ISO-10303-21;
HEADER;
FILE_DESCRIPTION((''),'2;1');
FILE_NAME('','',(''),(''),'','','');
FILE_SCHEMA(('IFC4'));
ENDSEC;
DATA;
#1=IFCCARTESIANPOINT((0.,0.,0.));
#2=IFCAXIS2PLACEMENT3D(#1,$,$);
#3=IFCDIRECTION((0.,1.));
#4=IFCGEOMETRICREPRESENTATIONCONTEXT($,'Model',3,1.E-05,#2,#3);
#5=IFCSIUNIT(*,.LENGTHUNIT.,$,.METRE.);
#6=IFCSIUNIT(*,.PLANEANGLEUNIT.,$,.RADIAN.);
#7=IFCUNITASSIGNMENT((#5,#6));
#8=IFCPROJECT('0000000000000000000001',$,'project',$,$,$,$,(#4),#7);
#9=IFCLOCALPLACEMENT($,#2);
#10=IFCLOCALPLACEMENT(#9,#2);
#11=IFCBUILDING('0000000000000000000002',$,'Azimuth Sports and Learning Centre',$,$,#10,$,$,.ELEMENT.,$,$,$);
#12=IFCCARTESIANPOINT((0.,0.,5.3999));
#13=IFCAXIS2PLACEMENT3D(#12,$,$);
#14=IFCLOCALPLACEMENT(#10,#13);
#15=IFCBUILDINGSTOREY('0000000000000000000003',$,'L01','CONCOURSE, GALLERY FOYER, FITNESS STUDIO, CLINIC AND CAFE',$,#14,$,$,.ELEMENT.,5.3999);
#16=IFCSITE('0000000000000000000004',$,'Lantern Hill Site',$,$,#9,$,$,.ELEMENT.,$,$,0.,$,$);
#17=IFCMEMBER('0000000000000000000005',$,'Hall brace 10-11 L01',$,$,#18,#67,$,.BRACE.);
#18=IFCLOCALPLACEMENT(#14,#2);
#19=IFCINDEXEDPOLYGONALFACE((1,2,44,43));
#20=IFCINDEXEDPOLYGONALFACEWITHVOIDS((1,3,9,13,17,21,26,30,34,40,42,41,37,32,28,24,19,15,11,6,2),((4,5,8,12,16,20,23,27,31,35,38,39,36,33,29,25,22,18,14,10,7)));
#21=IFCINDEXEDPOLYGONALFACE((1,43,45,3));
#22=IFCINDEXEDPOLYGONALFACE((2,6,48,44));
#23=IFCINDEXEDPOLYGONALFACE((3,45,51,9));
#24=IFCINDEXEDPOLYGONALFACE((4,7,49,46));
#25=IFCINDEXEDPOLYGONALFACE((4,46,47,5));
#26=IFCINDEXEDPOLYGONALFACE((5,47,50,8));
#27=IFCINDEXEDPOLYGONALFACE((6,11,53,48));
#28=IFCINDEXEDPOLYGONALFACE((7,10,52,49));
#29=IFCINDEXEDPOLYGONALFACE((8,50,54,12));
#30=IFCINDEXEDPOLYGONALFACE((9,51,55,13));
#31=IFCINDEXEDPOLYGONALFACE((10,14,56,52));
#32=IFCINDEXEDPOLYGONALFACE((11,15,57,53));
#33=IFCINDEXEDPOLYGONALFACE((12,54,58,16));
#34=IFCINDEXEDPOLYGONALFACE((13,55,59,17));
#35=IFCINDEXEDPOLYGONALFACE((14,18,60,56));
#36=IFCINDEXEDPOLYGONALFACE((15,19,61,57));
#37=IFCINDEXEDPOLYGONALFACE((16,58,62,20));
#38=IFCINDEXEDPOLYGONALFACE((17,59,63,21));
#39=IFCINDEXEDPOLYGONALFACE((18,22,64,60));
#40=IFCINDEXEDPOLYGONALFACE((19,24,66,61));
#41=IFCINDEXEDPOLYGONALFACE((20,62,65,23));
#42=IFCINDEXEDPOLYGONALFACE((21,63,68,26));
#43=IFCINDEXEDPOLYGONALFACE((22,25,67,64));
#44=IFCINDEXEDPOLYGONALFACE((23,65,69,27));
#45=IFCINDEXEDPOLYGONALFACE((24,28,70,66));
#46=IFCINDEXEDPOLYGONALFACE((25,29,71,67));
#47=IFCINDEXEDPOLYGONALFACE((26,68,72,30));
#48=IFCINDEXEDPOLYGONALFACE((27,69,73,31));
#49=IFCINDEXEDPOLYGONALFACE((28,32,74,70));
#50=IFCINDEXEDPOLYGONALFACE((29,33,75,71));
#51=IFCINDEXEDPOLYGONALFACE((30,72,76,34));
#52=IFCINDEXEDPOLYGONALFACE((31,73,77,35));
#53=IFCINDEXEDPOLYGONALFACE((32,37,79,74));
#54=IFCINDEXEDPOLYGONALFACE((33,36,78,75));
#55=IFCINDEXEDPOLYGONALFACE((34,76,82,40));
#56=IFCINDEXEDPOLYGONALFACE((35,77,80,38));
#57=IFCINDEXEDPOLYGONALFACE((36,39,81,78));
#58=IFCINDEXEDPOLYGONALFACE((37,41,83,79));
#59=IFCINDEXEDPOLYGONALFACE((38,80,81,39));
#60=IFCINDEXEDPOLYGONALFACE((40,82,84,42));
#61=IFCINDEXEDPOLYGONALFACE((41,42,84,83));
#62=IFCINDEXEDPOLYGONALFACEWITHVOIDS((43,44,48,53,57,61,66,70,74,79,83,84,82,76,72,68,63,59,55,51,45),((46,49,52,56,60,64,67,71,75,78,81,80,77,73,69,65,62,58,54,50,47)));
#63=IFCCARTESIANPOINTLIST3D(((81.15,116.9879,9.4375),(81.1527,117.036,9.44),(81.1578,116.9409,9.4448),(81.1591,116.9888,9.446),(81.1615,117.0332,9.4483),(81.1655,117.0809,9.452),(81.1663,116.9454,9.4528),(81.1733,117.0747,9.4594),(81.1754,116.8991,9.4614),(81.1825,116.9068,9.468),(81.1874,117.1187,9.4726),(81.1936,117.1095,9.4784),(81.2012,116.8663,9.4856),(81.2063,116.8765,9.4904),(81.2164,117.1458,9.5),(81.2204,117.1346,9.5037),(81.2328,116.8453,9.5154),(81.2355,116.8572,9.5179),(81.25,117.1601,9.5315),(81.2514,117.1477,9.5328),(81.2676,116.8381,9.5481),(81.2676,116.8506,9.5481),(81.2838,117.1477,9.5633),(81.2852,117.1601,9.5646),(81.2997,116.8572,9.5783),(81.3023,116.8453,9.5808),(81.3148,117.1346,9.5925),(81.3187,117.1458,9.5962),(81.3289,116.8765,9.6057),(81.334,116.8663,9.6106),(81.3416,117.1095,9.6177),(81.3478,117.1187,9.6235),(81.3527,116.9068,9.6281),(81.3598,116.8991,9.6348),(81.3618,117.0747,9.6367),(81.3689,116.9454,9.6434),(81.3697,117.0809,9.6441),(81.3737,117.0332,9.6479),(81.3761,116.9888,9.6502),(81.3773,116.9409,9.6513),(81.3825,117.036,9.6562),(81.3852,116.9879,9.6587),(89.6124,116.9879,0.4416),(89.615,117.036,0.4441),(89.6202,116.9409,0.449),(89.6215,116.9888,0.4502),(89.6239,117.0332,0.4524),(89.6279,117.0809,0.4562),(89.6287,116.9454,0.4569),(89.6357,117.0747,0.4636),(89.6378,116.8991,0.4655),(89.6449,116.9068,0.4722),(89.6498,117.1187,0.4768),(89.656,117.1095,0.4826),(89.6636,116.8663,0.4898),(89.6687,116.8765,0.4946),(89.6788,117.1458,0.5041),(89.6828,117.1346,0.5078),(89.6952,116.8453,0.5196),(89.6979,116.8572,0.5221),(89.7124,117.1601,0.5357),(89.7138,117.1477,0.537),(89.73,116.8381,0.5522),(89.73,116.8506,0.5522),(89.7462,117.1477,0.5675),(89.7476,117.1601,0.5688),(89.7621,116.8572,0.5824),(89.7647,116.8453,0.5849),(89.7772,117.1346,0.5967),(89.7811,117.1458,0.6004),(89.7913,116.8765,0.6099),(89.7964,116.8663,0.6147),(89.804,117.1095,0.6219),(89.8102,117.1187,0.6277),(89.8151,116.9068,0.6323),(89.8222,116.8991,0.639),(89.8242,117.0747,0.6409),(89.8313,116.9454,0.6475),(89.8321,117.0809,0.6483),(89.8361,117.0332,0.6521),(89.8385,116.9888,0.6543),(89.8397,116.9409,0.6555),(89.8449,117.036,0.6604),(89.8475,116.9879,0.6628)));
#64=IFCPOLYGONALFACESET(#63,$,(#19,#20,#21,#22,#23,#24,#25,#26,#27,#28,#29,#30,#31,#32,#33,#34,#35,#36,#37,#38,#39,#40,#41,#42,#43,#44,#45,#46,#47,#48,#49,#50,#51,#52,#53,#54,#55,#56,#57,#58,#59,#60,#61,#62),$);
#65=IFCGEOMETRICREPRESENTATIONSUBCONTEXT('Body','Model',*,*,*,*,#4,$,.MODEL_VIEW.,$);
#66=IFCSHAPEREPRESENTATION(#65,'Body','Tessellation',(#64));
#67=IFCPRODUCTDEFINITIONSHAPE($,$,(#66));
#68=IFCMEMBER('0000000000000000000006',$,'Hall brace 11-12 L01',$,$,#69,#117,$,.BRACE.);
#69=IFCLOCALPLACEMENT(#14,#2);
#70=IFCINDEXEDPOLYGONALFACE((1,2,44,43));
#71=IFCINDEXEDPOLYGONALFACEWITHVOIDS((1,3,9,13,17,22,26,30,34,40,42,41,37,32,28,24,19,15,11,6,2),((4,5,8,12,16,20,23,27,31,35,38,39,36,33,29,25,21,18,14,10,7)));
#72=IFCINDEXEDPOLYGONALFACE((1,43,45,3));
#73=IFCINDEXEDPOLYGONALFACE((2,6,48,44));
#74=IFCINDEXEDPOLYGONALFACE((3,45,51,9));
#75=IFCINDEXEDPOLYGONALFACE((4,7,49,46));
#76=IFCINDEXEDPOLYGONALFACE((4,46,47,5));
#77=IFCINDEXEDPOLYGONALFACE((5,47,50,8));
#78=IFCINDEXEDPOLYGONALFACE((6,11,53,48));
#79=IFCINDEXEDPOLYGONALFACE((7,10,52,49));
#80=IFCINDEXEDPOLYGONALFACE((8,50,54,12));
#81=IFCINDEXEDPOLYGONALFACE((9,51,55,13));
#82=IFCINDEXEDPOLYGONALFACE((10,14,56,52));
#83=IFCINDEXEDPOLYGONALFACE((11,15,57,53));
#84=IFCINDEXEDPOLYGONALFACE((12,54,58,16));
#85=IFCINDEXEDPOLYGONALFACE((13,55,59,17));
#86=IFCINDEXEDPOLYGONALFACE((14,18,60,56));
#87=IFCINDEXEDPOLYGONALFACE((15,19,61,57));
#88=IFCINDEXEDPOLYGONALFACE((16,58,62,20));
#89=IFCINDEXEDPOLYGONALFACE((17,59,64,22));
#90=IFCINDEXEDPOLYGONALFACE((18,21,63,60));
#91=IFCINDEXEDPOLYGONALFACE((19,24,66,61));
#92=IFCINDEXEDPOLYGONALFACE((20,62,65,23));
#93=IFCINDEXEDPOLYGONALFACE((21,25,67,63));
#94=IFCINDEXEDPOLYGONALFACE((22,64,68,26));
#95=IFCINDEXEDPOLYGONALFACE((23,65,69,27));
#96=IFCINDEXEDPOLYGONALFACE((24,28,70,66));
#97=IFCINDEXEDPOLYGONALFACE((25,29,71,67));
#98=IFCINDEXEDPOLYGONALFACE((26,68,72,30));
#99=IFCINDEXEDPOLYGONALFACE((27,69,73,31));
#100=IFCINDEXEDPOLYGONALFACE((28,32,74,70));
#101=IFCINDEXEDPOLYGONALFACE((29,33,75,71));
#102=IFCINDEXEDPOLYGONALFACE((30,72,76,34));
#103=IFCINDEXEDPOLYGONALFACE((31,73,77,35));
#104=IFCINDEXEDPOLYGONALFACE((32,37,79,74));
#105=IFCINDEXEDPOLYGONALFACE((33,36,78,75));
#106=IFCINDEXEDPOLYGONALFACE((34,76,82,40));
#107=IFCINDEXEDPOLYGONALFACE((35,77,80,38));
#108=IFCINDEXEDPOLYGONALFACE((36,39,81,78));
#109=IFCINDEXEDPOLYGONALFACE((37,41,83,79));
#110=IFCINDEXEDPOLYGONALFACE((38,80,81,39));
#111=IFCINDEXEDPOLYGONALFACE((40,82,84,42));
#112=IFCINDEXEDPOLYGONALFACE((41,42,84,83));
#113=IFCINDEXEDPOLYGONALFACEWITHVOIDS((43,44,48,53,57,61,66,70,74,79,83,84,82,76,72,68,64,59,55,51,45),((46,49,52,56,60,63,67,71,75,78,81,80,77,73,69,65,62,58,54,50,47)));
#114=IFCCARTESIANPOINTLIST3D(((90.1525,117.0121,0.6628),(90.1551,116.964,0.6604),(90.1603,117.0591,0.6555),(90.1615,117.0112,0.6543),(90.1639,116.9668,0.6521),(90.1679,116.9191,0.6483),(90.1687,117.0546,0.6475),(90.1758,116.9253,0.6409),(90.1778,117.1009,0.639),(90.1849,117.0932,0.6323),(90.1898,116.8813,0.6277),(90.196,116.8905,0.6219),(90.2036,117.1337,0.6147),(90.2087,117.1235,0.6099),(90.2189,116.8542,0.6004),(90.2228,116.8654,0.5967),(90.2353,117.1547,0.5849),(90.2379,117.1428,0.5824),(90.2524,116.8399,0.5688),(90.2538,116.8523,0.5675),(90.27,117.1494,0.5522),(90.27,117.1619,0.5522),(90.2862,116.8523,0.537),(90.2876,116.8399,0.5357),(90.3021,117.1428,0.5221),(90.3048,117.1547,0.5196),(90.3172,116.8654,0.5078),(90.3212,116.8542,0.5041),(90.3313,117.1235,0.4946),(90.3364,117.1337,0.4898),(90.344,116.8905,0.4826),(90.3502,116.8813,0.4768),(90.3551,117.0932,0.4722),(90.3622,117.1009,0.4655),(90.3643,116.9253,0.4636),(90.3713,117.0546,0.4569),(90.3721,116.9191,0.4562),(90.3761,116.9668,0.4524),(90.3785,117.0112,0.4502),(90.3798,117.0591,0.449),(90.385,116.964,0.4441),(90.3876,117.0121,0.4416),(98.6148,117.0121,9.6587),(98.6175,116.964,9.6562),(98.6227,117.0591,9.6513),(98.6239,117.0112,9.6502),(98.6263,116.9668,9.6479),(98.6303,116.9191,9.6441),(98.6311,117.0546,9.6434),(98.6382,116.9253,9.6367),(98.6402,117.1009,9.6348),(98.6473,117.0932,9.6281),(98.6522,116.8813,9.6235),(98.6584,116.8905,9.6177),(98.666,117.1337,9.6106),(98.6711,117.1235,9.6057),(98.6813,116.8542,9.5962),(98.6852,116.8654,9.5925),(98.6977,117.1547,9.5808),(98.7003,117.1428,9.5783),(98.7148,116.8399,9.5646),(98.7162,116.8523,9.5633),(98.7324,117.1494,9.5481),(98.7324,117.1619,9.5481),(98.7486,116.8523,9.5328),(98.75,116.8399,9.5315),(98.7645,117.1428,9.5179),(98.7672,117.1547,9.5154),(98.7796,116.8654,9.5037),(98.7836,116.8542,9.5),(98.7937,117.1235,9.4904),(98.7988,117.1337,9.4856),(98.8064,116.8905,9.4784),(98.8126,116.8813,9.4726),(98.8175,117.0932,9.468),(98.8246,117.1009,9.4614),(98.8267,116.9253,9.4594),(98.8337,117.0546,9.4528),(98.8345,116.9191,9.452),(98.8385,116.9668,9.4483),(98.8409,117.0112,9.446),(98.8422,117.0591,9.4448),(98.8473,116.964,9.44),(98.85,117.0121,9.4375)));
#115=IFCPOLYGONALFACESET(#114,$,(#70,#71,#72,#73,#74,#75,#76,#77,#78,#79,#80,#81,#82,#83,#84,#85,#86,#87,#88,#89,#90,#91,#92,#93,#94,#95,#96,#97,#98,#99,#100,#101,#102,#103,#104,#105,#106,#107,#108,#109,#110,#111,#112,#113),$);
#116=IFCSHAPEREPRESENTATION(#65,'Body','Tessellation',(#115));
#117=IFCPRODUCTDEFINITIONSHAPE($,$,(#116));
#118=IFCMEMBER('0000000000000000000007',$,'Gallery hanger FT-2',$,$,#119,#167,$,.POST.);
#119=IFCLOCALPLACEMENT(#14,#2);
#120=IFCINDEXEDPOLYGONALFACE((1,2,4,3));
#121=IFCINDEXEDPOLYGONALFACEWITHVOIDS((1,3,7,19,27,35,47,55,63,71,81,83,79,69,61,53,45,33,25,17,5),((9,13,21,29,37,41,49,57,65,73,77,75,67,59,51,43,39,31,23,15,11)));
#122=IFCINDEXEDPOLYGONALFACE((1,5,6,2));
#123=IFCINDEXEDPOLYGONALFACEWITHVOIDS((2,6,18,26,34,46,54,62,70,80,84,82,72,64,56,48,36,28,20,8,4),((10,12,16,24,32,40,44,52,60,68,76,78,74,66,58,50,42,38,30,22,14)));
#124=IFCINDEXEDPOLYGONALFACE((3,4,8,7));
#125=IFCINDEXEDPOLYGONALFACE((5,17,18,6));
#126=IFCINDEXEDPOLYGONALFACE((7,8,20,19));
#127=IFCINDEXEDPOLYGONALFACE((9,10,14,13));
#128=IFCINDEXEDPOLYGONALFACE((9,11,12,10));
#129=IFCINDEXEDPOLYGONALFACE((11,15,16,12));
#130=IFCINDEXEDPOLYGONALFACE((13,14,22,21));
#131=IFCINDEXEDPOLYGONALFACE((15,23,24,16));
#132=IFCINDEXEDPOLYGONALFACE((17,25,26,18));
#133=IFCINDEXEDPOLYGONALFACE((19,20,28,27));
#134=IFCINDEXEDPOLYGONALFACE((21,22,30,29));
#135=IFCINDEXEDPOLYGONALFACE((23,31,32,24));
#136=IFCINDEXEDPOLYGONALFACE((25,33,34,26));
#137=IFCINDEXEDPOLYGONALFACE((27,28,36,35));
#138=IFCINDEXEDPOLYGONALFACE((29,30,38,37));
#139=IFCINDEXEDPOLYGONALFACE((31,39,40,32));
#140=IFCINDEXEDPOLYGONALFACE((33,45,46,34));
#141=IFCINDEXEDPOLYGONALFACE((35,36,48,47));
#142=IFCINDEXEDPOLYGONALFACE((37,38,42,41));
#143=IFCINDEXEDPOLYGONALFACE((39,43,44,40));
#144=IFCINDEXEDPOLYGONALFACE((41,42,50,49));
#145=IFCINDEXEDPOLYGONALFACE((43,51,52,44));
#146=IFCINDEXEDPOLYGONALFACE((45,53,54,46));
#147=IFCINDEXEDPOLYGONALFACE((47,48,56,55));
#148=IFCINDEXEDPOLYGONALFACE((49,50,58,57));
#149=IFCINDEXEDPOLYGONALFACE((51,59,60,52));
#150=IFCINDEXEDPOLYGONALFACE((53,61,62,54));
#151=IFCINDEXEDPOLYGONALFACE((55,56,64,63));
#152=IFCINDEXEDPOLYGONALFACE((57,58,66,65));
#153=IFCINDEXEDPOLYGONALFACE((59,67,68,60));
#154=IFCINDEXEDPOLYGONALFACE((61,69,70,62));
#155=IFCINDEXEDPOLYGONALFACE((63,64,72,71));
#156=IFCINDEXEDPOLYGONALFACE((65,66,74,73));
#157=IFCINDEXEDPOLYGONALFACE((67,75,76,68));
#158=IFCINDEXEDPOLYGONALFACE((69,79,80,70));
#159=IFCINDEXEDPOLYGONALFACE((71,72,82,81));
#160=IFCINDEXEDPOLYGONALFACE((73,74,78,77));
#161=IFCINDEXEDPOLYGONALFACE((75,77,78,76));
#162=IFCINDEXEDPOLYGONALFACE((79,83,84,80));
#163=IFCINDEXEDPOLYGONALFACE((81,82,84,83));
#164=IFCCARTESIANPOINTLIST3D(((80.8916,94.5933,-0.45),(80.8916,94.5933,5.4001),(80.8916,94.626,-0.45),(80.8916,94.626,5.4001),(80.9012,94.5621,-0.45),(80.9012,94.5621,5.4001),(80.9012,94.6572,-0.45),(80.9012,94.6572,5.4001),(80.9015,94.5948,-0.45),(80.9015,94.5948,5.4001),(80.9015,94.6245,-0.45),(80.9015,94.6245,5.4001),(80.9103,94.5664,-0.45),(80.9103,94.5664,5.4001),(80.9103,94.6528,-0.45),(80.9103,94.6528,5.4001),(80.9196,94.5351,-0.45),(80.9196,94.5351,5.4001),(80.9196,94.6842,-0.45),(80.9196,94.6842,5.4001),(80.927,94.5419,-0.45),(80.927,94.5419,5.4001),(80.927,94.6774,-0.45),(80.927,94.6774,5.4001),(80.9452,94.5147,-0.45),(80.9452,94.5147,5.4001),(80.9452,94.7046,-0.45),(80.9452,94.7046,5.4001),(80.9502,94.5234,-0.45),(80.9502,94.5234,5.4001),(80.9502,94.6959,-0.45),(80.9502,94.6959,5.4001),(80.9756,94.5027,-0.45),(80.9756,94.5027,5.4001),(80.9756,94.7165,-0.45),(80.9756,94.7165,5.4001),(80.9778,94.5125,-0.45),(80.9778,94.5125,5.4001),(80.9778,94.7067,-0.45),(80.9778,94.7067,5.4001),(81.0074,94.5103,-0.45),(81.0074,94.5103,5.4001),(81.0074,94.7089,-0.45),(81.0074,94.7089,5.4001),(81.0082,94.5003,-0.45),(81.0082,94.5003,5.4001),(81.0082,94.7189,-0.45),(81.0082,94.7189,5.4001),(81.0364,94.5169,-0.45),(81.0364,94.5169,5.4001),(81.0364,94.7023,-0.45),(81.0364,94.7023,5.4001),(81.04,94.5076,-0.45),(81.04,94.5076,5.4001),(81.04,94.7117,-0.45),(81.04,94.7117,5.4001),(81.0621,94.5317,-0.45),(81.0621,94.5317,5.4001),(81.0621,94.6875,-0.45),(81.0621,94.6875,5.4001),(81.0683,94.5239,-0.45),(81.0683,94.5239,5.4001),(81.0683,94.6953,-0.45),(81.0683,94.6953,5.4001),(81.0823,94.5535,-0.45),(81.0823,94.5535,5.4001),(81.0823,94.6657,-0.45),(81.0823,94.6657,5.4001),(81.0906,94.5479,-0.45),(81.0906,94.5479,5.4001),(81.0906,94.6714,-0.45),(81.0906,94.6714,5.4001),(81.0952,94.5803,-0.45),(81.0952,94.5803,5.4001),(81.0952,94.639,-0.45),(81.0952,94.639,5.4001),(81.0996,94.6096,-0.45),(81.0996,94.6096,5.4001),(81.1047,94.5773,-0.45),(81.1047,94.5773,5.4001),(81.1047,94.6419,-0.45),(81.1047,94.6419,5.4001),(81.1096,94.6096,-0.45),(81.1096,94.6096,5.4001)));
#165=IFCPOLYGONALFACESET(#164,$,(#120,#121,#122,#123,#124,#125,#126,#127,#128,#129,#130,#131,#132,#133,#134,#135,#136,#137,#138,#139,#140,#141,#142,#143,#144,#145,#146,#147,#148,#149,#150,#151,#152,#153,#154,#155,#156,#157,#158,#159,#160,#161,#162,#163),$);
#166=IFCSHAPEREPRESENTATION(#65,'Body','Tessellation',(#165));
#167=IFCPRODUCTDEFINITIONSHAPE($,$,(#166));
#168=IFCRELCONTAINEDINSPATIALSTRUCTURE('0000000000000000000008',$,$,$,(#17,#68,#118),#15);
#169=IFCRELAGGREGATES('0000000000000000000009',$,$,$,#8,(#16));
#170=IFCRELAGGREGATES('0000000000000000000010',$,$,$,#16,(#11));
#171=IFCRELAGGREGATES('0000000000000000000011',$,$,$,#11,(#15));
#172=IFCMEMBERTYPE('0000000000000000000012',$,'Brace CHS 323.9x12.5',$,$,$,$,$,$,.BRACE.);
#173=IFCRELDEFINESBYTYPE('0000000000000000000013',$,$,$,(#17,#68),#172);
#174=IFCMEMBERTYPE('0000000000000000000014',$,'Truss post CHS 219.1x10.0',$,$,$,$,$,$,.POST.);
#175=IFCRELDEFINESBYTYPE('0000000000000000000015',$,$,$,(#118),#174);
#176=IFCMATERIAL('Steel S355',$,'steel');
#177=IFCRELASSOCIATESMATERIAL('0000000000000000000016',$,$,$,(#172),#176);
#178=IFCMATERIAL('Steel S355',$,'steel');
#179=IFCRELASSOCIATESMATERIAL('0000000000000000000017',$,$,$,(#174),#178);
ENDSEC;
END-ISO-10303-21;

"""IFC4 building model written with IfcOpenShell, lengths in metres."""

from ifc_helpers import new_model, si_unit, direction, frame, origin, origin_2d, place, context, subcontext, project, spatial, hollow_circle, extrude, material, material_profile, profile_set, type_object, element, save


model = new_model("IFC4")

# Units and contexts
model_context = context("Model", 3, precision=1e-05, world=origin(), true_north=direction((0.0, 1.0)))
body_context = subcontext(model_context, "Body", "Model", "MODEL_VIEW")
ifc_project = project(units=[si_unit("LENGTHUNIT", "METRE"), si_unit("PLANEANGLEUNIT", "RADIAN")], contexts=[model_context])

# Site, building, storey
site_placement = place(None, origin())
site = spatial("IfcSite", under=ifc_project, at=site_placement, Name="Lantern Hill Site", CompositionType="ELEMENT", RefElevation=0.0)
building_placement = place(site_placement, origin())
building = spatial("IfcBuilding", under=site, at=building_placement, Name="Azimuth Sports and Learning Centre", CompositionType="ELEMENT")
storey_placement = place(building_placement, frame((0.0, 0.0, 5.3999)))
storey = spatial("IfcBuildingStorey", under=building, at=storey_placement, Name="L01", Description="CONCOURSE, GALLERY FOYER, FITNESS STUDIO, CLINIC AND CAFE", CompositionType="ELEMENT", Elevation=5.3999)

# Members
ifc_material_1 = material(Name="Steel S355", Category="steel")
ifc_material_profile_1 = material_profile(ifc_material_1, hollow_circle(Radius=0.1619, WallThickness=0.0125, at=origin_2d()), Name="CHS 323.9x12.5")
ifc_profile_set_1 = profile_set([ifc_material_profile_1], Name="Steel S355")
member_type_1 = type_object("IfcMemberType", Name="Brace CHS 323.9x12.5", PredefinedType="BRACE", material=ifc_profile_set_1)
for number, where, z_axis, x_axis, name in (
    (1, (89.73, 117.0, 0.5522), (-0.685181, 0.0, 0.728373), (0.0, -1.0, 0.0), "Hall brace 10-11 L01"),
    (2, (90.27, 117.0, 0.5522), (0.685181, 0.0, 0.728373), (0.0, 1.0, 0.0), "Hall brace 11-12 L01"),
):
    element("IfcMember", number, at=place(storey_placement, frame(where, z_axis=z_axis, x_axis=x_axis)), inside=storey, type_object=member_type_1, Name=name, PredefinedType="BRACE", context=body_context, shape_type="SweptSolid", body=[
        extrude(hollow_circle(Radius=0.1619, WallThickness=0.0125, at=origin_2d()), origin(), (0.0, 0.0, 1.0), 12.3506),
    ])
ifc_material_2 = material(Name="Steel S355", Category="steel")
ifc_material_profile_2 = material_profile(ifc_material_2, hollow_circle(Radius=0.1096, WallThickness=0.01, at=origin_2d()), Name="CHS 219.1x10.0")
ifc_profile_set_2 = profile_set([ifc_material_profile_2], Name="Steel S355")
member_type_2 = type_object("IfcMemberType", Name="Truss post CHS 219.1x10.0", PredefinedType="POST", material=ifc_profile_set_2)
for number, where, z_axis, x_axis, name in (
    (3, (81.0, 94.6096, -0.45), (0.0, 0.0, 1.0), (1.0, 0.0, 0.0), "Gallery hanger FT-2"),
):
    element("IfcMember", number, at=place(storey_placement, frame(where, z_axis=z_axis, x_axis=x_axis)), inside=storey, type_object=member_type_2, Name=name, PredefinedType="POST", context=body_context, shape_type="SweptSolid", body=[
        extrude(hollow_circle(Radius=0.1096, WallThickness=0.01, at=origin_2d()), origin(), (0.0, 0.0, 1.0), 5.8501),
    ])

save(model, "model.ifc")
